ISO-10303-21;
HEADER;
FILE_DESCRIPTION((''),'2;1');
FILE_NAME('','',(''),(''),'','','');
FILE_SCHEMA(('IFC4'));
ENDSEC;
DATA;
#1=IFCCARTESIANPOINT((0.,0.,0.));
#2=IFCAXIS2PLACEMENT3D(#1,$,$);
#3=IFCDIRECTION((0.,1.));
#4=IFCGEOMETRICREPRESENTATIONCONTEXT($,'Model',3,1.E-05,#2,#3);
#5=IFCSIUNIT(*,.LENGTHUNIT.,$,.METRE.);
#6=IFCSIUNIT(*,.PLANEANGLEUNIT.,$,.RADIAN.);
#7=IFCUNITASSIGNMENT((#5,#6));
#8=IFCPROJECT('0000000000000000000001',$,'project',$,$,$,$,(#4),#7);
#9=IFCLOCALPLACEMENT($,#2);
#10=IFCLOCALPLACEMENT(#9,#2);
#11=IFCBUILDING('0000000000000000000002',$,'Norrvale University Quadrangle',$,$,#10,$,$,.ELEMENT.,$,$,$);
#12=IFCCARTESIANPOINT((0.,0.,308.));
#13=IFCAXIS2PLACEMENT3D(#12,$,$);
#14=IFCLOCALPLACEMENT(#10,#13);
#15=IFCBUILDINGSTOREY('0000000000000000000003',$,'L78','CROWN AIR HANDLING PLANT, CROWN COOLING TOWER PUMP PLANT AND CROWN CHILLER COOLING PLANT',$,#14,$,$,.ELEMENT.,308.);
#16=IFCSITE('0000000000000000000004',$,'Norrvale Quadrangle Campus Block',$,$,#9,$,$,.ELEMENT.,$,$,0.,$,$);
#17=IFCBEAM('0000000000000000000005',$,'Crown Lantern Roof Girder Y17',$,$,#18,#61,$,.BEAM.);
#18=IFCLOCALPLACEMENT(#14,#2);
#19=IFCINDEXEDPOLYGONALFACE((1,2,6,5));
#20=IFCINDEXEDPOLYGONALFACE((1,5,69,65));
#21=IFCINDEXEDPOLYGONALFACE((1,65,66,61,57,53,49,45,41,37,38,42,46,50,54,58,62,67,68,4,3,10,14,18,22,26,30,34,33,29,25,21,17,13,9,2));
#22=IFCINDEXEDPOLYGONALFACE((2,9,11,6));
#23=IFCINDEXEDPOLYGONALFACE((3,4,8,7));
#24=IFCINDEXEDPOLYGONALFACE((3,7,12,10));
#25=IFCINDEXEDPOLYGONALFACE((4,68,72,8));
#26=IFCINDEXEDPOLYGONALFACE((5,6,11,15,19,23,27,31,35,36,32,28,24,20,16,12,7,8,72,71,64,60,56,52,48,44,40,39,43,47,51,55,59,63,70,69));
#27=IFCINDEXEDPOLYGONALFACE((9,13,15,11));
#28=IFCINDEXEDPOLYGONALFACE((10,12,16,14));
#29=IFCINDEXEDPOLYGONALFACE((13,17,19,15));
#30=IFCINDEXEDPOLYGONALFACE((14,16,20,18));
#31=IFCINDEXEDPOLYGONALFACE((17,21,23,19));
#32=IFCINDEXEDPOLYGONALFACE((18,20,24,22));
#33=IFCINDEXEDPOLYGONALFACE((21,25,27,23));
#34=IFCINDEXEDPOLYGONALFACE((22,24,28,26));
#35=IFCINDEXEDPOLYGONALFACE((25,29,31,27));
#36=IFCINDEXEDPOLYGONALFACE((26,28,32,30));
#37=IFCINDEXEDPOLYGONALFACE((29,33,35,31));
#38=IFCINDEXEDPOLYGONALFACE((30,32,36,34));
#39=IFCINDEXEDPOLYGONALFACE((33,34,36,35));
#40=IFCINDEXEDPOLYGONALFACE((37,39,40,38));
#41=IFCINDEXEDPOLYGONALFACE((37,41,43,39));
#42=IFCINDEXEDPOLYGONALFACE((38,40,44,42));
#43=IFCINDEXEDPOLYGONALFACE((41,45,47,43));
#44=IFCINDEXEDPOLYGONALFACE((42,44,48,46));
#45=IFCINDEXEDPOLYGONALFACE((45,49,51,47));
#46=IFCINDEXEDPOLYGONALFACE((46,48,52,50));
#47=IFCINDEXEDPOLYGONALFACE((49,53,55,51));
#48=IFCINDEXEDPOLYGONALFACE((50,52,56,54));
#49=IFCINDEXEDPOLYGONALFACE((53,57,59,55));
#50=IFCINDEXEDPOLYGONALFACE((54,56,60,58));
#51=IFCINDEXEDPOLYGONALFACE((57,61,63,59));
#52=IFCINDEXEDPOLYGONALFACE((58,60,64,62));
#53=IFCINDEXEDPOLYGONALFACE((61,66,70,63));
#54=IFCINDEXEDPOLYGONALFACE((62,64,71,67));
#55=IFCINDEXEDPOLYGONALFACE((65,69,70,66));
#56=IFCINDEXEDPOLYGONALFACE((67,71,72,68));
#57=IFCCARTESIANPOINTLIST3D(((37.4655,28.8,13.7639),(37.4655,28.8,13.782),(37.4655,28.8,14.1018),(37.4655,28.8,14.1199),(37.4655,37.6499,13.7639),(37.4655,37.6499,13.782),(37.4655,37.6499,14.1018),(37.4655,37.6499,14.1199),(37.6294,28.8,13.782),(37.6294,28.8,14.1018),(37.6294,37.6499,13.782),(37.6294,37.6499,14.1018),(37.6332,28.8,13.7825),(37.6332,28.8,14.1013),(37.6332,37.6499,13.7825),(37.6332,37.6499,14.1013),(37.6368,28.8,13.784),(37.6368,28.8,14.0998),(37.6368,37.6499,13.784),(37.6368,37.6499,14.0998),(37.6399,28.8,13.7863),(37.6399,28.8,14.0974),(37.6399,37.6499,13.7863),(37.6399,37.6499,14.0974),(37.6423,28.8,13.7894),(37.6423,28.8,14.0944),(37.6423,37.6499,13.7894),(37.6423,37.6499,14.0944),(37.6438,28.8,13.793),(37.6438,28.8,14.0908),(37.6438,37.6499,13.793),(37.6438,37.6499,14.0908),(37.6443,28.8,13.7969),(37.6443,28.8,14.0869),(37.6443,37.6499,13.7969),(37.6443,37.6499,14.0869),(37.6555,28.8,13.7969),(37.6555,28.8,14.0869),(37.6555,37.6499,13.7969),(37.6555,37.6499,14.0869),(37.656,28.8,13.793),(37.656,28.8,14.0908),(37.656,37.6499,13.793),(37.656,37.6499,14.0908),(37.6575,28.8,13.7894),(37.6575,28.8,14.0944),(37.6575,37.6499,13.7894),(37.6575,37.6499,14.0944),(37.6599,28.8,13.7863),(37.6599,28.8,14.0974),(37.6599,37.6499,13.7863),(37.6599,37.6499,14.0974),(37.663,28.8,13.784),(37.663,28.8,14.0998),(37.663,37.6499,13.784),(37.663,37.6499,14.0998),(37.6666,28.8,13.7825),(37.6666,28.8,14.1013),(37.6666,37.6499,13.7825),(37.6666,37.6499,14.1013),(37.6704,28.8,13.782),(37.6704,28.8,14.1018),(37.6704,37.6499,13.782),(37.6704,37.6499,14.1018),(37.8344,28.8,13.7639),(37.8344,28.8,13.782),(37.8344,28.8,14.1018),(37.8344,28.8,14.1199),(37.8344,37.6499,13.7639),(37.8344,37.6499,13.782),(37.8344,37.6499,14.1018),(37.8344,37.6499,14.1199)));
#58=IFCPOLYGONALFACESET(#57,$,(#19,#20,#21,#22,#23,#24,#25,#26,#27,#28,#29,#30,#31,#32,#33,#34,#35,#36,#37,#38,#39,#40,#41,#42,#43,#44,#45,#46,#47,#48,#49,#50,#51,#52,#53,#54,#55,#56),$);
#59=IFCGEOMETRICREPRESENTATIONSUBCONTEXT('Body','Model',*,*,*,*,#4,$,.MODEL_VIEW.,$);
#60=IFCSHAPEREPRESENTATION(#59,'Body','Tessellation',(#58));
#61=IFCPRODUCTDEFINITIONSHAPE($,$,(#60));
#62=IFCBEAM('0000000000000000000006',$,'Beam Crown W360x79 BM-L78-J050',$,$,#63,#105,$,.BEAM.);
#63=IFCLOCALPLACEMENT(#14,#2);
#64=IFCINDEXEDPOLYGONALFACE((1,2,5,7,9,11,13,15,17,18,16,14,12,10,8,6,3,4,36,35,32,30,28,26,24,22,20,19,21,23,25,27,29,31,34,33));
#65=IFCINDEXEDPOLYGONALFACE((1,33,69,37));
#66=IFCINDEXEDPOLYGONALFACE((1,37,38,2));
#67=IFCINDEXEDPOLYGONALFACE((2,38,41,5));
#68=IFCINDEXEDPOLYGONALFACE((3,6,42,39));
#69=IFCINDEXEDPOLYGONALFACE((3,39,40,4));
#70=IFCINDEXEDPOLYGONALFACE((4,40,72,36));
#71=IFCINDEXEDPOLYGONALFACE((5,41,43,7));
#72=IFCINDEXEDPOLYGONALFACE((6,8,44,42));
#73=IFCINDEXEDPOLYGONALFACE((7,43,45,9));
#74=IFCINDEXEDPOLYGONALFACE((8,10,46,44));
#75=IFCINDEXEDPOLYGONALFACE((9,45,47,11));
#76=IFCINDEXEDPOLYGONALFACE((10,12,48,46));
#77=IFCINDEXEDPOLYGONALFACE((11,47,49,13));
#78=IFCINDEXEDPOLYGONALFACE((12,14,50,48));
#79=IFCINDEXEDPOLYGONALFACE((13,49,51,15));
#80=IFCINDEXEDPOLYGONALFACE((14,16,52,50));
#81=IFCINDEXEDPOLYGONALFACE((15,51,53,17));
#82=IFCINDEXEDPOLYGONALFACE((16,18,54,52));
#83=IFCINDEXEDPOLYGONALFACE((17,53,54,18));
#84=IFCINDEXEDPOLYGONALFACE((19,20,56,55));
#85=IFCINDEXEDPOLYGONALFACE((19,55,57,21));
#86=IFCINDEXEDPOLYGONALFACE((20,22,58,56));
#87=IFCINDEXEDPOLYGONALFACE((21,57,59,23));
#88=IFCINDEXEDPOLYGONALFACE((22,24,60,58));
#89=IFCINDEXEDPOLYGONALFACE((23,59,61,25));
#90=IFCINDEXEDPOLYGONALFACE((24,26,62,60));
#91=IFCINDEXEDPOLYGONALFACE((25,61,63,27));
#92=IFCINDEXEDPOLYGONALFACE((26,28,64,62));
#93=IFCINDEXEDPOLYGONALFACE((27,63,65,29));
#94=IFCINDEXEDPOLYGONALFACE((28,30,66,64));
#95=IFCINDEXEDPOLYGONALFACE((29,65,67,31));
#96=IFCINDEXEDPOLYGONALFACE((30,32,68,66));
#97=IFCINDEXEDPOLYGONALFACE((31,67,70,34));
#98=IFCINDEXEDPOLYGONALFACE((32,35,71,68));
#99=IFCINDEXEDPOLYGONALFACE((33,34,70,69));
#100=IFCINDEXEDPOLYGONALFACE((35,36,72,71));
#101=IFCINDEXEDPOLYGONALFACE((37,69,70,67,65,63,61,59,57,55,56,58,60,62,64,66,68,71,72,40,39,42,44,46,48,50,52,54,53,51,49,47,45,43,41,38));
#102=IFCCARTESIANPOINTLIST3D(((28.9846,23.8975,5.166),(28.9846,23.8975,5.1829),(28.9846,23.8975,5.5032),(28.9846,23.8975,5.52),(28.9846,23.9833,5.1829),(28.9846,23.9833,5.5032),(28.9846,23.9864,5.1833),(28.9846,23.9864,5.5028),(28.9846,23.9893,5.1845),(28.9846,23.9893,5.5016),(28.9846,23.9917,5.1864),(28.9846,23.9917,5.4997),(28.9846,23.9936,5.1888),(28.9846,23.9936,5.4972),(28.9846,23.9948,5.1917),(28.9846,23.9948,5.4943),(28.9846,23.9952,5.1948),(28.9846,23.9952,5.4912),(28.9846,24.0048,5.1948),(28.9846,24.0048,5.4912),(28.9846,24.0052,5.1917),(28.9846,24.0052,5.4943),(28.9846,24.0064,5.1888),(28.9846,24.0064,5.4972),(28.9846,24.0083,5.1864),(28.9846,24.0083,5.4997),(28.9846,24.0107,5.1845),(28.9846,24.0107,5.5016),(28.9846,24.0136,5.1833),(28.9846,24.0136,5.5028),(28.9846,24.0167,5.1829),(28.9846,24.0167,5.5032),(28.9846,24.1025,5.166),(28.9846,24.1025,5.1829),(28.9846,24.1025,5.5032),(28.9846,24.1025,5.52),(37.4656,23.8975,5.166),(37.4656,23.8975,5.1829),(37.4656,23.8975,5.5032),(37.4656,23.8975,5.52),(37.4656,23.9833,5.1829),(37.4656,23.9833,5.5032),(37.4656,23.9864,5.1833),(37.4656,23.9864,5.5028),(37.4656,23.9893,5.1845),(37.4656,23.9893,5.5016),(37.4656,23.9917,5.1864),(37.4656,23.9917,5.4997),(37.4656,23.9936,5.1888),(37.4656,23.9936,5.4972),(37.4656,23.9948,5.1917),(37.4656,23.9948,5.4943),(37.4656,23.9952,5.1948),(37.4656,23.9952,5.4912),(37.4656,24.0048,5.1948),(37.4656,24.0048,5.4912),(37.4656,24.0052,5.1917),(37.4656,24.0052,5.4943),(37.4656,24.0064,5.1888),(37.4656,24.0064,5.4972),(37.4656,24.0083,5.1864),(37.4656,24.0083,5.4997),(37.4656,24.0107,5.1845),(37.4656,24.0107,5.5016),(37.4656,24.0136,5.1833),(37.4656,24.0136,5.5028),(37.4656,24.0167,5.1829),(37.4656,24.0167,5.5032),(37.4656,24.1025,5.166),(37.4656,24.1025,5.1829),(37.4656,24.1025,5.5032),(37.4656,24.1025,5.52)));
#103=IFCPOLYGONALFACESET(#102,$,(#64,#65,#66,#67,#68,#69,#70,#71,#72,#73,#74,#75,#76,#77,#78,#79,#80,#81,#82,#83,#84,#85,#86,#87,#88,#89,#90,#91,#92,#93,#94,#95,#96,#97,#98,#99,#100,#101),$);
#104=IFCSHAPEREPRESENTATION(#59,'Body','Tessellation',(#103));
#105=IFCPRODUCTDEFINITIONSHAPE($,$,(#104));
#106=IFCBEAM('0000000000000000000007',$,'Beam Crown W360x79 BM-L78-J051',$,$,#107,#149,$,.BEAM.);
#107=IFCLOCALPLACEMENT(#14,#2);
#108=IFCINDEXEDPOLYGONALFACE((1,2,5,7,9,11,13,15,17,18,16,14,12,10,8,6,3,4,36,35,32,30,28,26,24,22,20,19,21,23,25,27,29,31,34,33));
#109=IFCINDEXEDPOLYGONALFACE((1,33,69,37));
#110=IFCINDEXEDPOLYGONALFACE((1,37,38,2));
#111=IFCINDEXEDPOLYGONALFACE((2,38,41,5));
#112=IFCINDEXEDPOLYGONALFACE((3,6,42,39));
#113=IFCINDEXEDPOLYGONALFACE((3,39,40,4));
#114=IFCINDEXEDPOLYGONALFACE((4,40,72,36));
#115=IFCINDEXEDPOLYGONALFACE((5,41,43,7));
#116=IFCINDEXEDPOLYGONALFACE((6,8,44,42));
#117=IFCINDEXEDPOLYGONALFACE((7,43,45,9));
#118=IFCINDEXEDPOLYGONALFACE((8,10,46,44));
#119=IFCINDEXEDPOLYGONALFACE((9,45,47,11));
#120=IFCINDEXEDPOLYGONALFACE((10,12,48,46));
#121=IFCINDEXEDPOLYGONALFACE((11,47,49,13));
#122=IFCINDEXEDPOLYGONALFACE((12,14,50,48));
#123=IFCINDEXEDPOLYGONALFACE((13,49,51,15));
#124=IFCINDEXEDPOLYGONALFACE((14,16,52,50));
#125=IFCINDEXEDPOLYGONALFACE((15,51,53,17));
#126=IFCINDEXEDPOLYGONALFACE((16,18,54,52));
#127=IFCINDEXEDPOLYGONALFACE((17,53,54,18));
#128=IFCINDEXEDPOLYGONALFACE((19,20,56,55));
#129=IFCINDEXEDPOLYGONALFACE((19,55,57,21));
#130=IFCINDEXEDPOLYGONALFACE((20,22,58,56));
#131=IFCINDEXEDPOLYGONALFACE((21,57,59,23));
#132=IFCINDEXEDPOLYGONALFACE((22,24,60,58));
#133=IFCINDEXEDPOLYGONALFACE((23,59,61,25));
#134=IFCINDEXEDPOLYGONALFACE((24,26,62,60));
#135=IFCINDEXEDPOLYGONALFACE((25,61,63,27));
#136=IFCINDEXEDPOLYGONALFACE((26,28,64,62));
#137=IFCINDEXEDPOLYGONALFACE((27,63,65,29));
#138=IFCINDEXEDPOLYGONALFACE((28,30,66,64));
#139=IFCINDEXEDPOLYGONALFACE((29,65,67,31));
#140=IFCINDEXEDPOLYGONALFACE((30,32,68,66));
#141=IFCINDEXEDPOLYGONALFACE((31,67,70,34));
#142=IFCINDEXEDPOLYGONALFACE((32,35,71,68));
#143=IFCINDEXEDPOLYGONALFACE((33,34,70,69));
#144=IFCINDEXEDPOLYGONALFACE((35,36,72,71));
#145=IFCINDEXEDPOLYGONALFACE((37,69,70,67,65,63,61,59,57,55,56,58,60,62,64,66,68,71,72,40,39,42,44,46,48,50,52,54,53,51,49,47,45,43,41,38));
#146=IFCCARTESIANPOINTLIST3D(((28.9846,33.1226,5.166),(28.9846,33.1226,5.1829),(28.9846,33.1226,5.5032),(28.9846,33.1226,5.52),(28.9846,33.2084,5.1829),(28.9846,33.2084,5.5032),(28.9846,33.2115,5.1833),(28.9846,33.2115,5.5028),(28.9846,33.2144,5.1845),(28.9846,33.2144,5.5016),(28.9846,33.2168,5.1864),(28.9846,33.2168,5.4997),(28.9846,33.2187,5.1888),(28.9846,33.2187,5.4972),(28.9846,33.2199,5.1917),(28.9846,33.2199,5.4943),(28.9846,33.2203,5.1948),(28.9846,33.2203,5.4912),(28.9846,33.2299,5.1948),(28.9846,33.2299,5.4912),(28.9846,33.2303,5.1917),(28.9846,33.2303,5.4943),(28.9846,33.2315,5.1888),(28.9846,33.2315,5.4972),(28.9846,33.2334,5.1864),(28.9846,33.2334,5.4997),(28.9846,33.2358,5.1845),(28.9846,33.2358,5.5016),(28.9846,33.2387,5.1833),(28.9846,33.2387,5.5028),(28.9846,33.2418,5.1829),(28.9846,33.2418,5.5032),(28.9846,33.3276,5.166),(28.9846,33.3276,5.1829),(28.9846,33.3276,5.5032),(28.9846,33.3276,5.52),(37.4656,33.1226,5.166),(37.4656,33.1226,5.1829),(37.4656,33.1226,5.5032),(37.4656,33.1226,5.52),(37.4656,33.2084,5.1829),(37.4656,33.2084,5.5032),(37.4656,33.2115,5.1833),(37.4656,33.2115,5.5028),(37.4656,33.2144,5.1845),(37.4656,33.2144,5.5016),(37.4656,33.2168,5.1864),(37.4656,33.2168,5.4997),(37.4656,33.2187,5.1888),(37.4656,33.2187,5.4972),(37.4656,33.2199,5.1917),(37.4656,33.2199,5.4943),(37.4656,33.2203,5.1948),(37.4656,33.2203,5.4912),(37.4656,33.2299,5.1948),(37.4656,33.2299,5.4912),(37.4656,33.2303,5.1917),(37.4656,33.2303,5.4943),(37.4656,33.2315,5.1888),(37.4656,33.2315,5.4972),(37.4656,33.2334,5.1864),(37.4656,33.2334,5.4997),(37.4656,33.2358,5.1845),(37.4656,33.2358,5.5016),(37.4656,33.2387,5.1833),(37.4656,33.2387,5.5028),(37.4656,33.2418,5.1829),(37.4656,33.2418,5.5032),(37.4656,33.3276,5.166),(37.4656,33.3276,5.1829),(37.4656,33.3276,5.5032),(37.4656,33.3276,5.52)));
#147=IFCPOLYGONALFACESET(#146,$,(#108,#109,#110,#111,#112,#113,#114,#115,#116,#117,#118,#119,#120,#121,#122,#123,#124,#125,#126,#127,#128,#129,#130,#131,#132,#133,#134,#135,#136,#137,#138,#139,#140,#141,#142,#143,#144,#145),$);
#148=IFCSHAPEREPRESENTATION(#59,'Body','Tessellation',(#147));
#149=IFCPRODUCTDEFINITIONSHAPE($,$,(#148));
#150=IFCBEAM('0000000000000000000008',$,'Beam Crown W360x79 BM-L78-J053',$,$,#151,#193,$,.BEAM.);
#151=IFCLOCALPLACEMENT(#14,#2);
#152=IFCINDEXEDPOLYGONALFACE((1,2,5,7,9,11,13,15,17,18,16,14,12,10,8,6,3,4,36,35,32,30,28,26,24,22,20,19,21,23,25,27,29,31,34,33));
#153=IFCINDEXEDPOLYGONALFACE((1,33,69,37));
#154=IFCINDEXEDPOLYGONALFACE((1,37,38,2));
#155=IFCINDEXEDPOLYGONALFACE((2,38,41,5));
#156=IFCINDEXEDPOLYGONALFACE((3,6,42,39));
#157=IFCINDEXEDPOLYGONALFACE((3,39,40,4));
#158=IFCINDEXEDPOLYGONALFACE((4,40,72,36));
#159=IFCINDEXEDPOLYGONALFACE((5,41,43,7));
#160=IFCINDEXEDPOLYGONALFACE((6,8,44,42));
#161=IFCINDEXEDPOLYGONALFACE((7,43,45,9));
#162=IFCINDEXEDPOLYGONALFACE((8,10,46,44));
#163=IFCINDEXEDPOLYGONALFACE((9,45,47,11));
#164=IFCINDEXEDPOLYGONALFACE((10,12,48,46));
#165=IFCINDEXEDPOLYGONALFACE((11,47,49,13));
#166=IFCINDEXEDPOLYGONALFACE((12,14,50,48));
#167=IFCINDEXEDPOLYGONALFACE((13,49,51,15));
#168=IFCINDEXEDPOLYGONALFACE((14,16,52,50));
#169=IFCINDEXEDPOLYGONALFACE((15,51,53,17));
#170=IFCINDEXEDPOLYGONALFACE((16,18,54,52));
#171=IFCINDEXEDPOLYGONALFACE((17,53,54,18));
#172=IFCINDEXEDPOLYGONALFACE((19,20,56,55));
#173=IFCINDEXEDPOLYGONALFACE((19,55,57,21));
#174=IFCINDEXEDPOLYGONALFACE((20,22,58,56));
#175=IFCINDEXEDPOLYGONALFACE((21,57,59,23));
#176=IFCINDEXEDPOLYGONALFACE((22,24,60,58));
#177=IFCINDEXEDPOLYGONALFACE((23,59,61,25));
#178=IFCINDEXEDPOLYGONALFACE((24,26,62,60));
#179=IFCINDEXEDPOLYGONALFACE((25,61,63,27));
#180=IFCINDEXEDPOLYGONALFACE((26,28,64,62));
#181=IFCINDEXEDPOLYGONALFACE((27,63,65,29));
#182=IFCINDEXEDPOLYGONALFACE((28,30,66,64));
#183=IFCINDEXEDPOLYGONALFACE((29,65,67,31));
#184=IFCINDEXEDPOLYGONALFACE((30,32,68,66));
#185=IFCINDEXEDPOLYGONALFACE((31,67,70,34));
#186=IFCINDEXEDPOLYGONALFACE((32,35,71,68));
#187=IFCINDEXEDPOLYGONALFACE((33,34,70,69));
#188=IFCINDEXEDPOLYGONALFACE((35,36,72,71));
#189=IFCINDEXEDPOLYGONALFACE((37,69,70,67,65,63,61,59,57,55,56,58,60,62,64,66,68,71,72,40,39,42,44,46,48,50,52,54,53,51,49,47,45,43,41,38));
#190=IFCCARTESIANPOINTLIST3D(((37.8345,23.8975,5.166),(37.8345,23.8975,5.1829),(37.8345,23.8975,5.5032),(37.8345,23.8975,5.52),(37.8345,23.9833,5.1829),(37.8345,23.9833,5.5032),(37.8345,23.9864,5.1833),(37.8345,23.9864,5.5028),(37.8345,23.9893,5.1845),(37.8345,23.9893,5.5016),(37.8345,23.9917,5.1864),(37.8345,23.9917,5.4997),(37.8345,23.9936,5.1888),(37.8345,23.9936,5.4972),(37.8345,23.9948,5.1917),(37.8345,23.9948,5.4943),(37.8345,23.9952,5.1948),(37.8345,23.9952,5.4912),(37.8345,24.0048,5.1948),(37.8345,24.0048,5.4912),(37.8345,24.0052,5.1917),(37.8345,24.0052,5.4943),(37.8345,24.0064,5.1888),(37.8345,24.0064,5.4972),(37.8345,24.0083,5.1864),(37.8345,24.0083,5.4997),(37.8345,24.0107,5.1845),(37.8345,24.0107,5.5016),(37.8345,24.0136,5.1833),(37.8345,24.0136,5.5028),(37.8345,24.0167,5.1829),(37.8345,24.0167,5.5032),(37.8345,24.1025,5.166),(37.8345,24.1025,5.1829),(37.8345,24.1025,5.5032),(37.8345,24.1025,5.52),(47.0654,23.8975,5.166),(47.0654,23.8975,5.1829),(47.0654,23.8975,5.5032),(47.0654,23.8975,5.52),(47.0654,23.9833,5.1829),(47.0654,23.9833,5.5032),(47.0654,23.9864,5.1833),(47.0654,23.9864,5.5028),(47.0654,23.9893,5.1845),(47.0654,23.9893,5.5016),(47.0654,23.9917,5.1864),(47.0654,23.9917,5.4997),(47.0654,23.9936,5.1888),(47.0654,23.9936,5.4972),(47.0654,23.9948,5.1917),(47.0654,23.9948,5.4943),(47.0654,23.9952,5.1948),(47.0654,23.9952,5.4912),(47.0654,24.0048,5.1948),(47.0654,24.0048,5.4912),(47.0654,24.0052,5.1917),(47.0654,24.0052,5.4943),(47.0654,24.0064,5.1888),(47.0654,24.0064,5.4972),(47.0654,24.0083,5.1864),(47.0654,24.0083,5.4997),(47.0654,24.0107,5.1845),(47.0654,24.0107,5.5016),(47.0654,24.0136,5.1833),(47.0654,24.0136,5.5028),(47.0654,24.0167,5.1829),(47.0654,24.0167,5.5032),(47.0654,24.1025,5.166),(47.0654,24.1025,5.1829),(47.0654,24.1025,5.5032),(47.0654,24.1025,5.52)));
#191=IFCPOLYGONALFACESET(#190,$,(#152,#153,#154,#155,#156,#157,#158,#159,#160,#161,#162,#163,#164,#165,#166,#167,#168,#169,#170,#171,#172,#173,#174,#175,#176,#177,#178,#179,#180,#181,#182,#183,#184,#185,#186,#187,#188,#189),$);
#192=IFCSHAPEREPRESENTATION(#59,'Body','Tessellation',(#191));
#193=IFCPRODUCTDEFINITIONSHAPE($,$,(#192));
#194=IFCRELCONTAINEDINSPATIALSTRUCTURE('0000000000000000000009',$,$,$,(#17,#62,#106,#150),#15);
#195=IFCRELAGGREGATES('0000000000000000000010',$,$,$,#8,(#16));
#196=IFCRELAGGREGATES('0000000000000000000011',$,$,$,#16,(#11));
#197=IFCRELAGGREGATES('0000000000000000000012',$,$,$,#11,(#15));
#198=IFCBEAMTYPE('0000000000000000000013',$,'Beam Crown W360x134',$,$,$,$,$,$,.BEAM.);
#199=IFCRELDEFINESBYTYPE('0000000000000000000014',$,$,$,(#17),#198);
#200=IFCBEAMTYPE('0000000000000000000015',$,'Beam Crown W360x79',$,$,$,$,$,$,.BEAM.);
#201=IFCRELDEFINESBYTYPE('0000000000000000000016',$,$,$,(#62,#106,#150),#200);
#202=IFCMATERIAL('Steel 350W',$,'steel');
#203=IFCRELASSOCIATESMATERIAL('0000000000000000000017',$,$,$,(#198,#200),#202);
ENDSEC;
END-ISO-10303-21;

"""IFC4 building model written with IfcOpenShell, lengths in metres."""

from ifc_helpers import new_model, si_unit, direction, frame, origin, origin_2d, place, context, subcontext, project, spatial, i_section, extrude, material, material_profile, profile_set, type_object, element, save


model = new_model("IFC4")

# Units and contexts
model_context = context("Model", 3, precision=1e-05, world=origin(), true_north=direction((0.0, 1.0)))
body_context = subcontext(model_context, "Body", "Model", "MODEL_VIEW")
ifc_project = project(units=[si_unit("LENGTHUNIT", "METRE"), si_unit("PLANEANGLEUNIT", "RADIAN")], contexts=[model_context])

# Site, building, storey
site_placement = place(None, origin())
site = spatial("IfcSite", under=ifc_project, at=site_placement, Name="Norrvale Quadrangle Campus Block", CompositionType="ELEMENT", RefElevation=0.0)
building_placement = place(site_placement, origin())
building = spatial("IfcBuilding", under=site, at=building_placement, Name="Norrvale University Quadrangle", CompositionType="ELEMENT")
storey_placement = place(building_placement, frame((0.0, 0.0, 308.0)))
storey = spatial("IfcBuildingStorey", under=building, at=storey_placement, Name="L78", Description="CROWN AIR HANDLING PLANT, CROWN COOLING TOWER PUMP PLANT AND CROWN CHILLER COOLING PLANT", CompositionType="ELEMENT", Elevation=308.0)

# Shared definitions
ifc_material_1 = material(Name="Steel 350W", Category="steel")

# Beams
ifc_material_profile_1 = material_profile(ifc_material_1, i_section(OverallWidth=0.3689, OverallDepth=0.356, WebThickness=0.0112, FlangeThickness=0.0181, FilletRadius=0.0149, at=origin_2d()), Name="Steel 350W")
ifc_profile_set_1 = profile_set([ifc_material_profile_1], Name="Steel 350W")
beam_type_1 = type_object("IfcBeamType", Name="Beam Crown W360x134", PredefinedType="BEAM", material=ifc_profile_set_1)
beam_1_placement = place(storey_placement, frame((37.6499, 28.8, 13.9419), z_axis=(0.0, 1.0, 0.0), x_axis=(-1.0, 0.0, 0.0)))
element("IfcBeam", 1, at=beam_1_placement, inside=storey, type_object=beam_type_1, Name="Crown Lantern Roof Girder Y17", PredefinedType="BEAM", context=body_context, shape_type="SweptSolid", body=[
    extrude(i_section(OverallWidth=0.3689, OverallDepth=0.356, WebThickness=0.0112, FlangeThickness=0.0181, FilletRadius=0.0149, at=origin_2d()), origin(), (0.0, 0.0, 1.0), 8.8499),
])
ifc_material_profile_2 = material_profile(ifc_material_1, i_section(OverallWidth=0.2051, OverallDepth=0.354, WebThickness=0.0095, FlangeThickness=0.0168, FilletRadius=0.012, at=origin_2d()), Name="Steel 350W")
ifc_profile_set_2 = profile_set([ifc_material_profile_2], Name="Steel 350W")
beam_type_2 = type_object("IfcBeamType", Name="Beam Crown W360x79", PredefinedType="BEAM", material=ifc_profile_set_2)
for number, where, z_axis, x_axis, name in (
    (2, (28.9846, 24.0, 5.343), (1.0, 0.0, 0.0), (0.0, 1.0, 0.0), "Beam Crown W360x79 BM-L78-J050"),
    (3, (28.9846, 33.2251, 5.343), (1.0, 0.0, 0.0), (0.0, 1.0, 0.0), "Beam Crown W360x79 BM-L78-J051"),
):
    element("IfcBeam", number, at=place(storey_placement, frame(where, z_axis=z_axis, x_axis=x_axis)), inside=storey, type_object=beam_type_2, Name=name, PredefinedType="BEAM", context=body_context, shape_type="SweptSolid", body=[
        extrude(i_section(OverallWidth=0.2051, OverallDepth=0.354, WebThickness=0.0095, FlangeThickness=0.0168, FilletRadius=0.012, at=origin_2d()), origin(), (0.0, 0.0, 1.0), 8.481),
    ])
beam_2_placement = place(storey_placement, frame((37.8345, 24.0, 5.343), z_axis=(1.0, 0.0, 0.0), x_axis=(0.0, 1.0, 0.0)))
element("IfcBeam", 4, at=beam_2_placement, inside=storey, type_object=beam_type_2, Name="Beam Crown W360x79 BM-L78-J053", PredefinedType="BEAM", context=body_context, shape_type="SweptSolid", body=[
    extrude(i_section(OverallWidth=0.2051, OverallDepth=0.354, WebThickness=0.0095, FlangeThickness=0.0168, FilletRadius=0.012, at=origin_2d()), origin(), (0.0, 0.0, 1.0), 9.231),
])

save(model, "model.ifc")
